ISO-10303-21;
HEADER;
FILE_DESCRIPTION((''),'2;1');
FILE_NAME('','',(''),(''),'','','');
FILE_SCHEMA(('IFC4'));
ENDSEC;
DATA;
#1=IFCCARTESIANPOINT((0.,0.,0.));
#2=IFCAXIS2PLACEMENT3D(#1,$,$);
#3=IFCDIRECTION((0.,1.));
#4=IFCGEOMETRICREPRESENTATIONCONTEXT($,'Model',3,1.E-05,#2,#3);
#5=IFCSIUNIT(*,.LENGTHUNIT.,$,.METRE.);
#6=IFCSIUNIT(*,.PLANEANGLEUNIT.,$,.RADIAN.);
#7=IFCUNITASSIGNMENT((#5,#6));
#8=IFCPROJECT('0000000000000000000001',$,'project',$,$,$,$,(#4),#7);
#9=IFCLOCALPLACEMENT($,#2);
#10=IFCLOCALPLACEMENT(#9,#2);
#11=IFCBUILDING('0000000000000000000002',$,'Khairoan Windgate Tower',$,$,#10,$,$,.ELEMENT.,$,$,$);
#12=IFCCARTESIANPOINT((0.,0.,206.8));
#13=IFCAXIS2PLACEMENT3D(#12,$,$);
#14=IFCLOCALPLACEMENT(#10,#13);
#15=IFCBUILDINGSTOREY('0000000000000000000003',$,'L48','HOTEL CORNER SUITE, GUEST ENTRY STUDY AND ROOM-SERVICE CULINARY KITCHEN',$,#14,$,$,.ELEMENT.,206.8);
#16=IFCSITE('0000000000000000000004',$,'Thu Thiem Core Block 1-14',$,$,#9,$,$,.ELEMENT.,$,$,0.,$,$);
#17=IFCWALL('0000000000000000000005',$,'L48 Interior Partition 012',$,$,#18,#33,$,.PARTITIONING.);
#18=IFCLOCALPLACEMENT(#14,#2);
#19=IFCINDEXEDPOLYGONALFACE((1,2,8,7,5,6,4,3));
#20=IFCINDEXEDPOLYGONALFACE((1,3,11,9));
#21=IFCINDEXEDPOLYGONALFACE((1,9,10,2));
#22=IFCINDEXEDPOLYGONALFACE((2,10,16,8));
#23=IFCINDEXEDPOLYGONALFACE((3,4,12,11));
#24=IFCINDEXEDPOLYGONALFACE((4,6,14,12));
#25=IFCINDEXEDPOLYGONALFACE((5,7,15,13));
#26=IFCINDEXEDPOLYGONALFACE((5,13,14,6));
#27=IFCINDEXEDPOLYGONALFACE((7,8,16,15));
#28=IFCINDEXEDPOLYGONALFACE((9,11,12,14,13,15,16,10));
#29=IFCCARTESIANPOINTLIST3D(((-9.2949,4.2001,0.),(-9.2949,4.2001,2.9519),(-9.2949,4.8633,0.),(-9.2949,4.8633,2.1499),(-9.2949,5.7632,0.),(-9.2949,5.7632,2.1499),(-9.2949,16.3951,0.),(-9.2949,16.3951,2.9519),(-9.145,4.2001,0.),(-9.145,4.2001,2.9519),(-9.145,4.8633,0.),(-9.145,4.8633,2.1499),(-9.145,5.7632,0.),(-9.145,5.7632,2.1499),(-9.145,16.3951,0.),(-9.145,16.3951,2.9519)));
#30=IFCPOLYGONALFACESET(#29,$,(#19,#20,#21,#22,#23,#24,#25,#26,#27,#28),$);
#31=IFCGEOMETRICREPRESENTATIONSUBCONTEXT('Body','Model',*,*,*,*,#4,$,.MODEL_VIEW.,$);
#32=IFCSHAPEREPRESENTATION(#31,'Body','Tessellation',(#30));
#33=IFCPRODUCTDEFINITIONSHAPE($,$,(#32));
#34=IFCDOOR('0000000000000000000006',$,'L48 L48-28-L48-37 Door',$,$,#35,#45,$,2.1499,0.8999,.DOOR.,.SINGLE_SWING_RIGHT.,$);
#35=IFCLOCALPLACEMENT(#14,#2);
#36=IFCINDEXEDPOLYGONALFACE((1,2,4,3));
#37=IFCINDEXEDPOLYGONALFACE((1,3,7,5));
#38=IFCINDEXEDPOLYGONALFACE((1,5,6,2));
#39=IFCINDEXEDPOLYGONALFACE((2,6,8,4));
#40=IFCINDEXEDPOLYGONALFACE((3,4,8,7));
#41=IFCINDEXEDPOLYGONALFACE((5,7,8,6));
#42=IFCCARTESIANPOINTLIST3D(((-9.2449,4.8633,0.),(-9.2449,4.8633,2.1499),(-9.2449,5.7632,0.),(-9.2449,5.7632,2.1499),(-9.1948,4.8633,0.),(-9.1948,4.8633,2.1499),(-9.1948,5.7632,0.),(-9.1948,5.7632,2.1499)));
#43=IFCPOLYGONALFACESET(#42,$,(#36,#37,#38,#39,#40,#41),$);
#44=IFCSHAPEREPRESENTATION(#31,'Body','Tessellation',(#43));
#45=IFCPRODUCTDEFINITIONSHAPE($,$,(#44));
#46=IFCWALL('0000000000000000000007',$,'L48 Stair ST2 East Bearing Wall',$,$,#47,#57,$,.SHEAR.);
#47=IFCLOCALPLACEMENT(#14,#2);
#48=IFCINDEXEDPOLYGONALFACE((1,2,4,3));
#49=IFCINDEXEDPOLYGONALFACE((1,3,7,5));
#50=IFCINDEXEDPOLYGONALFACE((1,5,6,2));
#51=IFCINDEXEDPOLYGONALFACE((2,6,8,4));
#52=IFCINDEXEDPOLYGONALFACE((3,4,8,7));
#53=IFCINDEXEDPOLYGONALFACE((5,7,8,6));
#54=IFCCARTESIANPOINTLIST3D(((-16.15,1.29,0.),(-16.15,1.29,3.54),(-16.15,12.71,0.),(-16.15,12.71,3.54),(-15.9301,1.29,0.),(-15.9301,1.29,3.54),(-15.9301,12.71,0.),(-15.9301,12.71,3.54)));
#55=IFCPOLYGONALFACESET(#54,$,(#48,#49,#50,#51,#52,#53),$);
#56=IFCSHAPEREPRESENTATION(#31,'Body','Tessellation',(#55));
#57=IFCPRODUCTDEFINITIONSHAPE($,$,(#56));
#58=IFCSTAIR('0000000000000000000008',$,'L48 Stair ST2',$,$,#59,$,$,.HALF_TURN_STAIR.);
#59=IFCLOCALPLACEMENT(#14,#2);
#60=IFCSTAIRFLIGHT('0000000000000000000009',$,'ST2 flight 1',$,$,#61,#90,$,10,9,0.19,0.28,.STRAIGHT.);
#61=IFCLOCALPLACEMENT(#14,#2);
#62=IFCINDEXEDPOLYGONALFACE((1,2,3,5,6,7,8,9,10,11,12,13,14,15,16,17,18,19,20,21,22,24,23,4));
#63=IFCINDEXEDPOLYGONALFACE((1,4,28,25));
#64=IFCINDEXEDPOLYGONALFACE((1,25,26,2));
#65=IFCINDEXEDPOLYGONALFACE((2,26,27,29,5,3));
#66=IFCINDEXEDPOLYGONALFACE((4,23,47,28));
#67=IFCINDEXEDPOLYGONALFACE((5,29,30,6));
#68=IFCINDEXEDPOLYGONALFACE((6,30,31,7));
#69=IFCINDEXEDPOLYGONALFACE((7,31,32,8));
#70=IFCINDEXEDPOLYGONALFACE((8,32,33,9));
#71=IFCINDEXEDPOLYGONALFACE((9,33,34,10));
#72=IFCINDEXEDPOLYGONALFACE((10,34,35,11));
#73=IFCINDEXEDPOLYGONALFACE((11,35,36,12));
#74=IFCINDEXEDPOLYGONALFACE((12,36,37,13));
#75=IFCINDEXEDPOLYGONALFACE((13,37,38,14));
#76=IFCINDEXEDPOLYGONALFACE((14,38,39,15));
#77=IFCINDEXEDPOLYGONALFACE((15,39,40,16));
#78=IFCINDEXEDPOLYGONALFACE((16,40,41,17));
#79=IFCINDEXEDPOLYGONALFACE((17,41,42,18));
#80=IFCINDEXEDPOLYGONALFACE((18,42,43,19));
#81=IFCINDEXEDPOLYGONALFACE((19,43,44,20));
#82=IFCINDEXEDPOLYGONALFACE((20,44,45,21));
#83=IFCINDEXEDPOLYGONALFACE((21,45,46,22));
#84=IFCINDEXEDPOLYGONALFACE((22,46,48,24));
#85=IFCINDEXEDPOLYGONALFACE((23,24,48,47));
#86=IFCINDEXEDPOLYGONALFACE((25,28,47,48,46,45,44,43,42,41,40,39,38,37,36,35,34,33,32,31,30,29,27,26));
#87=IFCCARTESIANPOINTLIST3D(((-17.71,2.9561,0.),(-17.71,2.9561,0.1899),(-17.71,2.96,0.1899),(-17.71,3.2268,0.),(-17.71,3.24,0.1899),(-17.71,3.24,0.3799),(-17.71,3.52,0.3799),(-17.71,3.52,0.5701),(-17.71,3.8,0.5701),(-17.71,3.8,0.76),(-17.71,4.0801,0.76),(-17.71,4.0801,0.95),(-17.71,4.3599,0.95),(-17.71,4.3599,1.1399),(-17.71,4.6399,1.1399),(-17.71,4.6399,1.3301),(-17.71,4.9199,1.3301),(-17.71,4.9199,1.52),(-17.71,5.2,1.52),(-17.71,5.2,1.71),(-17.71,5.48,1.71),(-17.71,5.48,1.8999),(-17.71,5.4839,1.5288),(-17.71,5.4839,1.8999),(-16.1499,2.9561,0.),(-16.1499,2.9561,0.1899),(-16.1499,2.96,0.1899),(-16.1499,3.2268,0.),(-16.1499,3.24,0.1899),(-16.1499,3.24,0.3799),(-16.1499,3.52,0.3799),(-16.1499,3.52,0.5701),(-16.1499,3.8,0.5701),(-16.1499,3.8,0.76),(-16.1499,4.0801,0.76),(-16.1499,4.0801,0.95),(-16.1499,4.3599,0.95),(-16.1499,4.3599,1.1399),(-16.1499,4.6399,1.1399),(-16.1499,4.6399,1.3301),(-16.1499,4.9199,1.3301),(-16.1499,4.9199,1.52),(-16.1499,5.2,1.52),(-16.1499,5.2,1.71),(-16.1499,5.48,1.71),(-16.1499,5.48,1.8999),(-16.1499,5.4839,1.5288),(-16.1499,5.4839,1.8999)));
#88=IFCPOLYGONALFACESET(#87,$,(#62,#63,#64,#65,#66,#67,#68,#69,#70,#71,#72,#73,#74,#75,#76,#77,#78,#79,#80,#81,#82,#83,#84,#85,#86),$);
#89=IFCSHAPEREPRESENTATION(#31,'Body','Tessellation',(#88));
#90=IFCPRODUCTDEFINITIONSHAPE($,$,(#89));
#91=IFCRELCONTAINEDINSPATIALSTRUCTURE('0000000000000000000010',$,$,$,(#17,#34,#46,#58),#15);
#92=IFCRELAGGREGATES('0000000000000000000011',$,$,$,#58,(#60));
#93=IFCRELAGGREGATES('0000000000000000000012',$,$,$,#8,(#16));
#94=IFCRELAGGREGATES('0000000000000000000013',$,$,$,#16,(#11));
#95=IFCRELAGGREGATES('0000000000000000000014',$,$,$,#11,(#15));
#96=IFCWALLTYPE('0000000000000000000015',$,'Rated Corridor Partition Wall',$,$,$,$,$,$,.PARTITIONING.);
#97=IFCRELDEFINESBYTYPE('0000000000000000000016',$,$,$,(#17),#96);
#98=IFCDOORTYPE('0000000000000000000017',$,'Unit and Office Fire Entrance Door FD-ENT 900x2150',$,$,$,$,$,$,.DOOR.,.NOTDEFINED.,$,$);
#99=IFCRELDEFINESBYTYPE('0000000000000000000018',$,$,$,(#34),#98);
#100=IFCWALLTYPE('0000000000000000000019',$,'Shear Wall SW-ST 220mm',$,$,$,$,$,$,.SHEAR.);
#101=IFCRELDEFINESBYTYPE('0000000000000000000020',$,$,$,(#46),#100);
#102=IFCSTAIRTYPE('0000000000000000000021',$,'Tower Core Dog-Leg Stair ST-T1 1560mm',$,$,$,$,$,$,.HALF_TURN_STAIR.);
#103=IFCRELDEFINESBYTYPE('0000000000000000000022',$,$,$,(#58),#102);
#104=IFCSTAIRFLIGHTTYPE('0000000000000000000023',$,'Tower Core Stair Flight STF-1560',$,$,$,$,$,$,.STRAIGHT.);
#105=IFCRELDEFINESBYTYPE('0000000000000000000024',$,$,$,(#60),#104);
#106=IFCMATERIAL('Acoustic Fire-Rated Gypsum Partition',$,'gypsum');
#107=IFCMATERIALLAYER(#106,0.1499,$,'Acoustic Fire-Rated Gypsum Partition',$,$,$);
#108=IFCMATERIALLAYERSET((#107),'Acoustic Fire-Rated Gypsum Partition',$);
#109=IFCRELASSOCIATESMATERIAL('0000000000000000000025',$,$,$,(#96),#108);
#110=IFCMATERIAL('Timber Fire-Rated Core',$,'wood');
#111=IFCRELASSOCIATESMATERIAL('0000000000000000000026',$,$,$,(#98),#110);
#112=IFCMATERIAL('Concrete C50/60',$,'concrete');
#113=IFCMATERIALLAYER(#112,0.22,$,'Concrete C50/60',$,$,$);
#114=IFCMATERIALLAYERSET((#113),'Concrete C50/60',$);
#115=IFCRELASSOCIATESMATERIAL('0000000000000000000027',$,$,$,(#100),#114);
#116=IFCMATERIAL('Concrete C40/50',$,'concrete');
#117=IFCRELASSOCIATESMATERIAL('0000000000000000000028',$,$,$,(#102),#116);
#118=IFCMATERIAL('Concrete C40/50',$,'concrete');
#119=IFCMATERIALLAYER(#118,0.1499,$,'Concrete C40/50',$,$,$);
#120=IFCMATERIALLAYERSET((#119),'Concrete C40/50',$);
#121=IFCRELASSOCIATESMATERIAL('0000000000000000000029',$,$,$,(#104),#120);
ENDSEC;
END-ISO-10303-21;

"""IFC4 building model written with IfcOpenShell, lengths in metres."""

from ifc_helpers import new_model, si_unit, direction, frame, frame_2d, origin, place, context, subcontext, project, spatial, polyline, rectangle, outline, extrude, material, layer, layer_set, type_object, element, fill, aggregate, save


model = new_model("IFC4")

# Units and contexts
model_context = context("Model", 3, precision=1e-05, world=origin(), true_north=direction((0.0, 1.0)))
body_context = subcontext(model_context, "Body", "Model", "MODEL_VIEW")
ifc_project = project(units=[si_unit("LENGTHUNIT", "METRE"), si_unit("PLANEANGLEUNIT", "RADIAN")], contexts=[model_context])

# Site, building, storey
site_placement = place(None, origin())
site = spatial("IfcSite", under=ifc_project, at=site_placement, Name="Thu Thiem Core Block 1-14", CompositionType="ELEMENT", RefElevation=0.0)
building_placement = place(site_placement, origin())
building = spatial("IfcBuilding", under=site, at=building_placement, Name="Khairoan Windgate Tower", CompositionType="ELEMENT")
storey_placement = place(building_placement, frame((0.0, 0.0, 206.8)))
storey = spatial("IfcBuildingStorey", under=building, at=storey_placement, Name="L48", Description="HOTEL CORNER SUITE, GUEST ENTRY STUDY AND ROOM-SERVICE CULINARY KITCHEN", CompositionType="ELEMENT", Elevation=206.8)

# Wall, opening, door
ifc_material_1 = material(Name="Acoustic Fire-Rated Gypsum Partition", Category="gypsum")
ifc_layer_1 = layer(ifc_material_1, 0.1499, Name="Acoustic Fire-Rated Gypsum Partition")
ifc_layer_set_1 = layer_set([ifc_layer_1], Name="Acoustic Fire-Rated Gypsum Partition")
wall_type_1 = type_object("IfcWallType", Name="Rated Corridor Partition Wall", PredefinedType="PARTITIONING", material=ifc_layer_set_1)
wall_1_placement = place(storey_placement, frame((-9.22, 4.2, 0.0), z_axis=(0.0, 0.0, 1.0), x_axis=(0.0, 1.0, 0.0)))
wall_1 = element("IfcWall", 1, at=wall_1_placement, inside=storey, type_object=wall_type_1, Name="L48 Interior Partition 012", PredefinedType="PARTITIONING", context=body_context, shape_type="SweptSolid", body=[
    extrude(rectangle(XDim=12.1951, YDim=0.1499, at=frame_2d((6.0977, 0.0))), origin(), (0.0, 0.0, 1.0), 2.9519),
])
opening_placement = place(wall_1_placement, frame((0.6633, 0.0, 0.0)))
opening = element("IfcOpeningElement", 2, at=opening_placement, cuts=wall_1, PredefinedType="OPENING", context=body_context, shape_type="SweptSolid", body=[
    extrude(rectangle(XDim=0.8999, YDim=2.1499, at=frame_2d((0.45, 1.075))), frame((0.0, 0.085, 0.0), z_axis=(0.0, -1.0, 0.0), x_axis=(1.0, 0.0, 0.0)), (0.0, 0.0, 1.0), 0.1699),
])
ifc_material_2 = material(Name="Timber Fire-Rated Core", Category="wood")
door_type = type_object("IfcDoorType", Name="Unit and Office Fire Entrance Door FD-ENT 900x2150", OperationType="NOTDEFINED", PredefinedType="DOOR", material=ifc_material_2)
door_placement = place(opening_placement, origin())
door = element("IfcDoor", 3, at=door_placement, inside=storey, type_object=door_type, Name="L48 L48-28-L48-37 Door", OperationType="SINGLE_SWING_RIGHT", OverallHeight=2.1499, OverallWidth=0.8999, PredefinedType="DOOR", context=body_context, shape_type="SweptSolid", body=[
    extrude(rectangle(XDim=0.8999, YDim=2.1499, at=frame_2d((0.45, 1.075))), frame((0.0, 0.0249, 0.0), z_axis=(0.0, -1.0, 0.0), x_axis=(1.0, 0.0, 0.0)), (0.0, 0.0, 1.0), 0.05),
])
fill(opening, door)

# Wall
ifc_material_3 = material(Name="Concrete C50/60", Category="concrete")
ifc_layer_2 = layer(ifc_material_3, 0.22, Name="Concrete C50/60")
ifc_layer_set_2 = layer_set([ifc_layer_2], Name="Concrete C50/60")
wall_type_2 = type_object("IfcWallType", Name="Shear Wall SW-ST 220mm", PredefinedType="SHEAR", material=ifc_layer_set_2)
wall_2_placement = place(storey_placement, frame((-16.04, 1.29, 0.0), z_axis=(0.0, 0.0, 1.0), x_axis=(0.0, 1.0, 0.0)))
element("IfcWall", 4, at=wall_2_placement, inside=storey, type_object=wall_type_2, Name="L48 Stair ST2 East Bearing Wall", PredefinedType="SHEAR", context=body_context, shape_type="SweptSolid", body=[
    extrude(rectangle(XDim=11.4199, YDim=0.22, at=frame_2d((5.71, 0.0))), origin(), (0.0, 0.0, 1.0), 3.54),
])

# Stair, stair flight
ifc_material_4 = material(Name="Concrete C40/50", Category="concrete")
stair_type = type_object("IfcStairType", Name="Tower Core Dog-Leg Stair ST-T1 1560mm", PredefinedType="HALF_TURN_STAIR", material=ifc_material_4)
stair_placement = place(storey_placement, origin())
stair = element("IfcStair", 5, at=stair_placement, inside=storey, type_object=stair_type, Name="L48 Stair ST2", PredefinedType="HALF_TURN_STAIR")
ifc_material_5 = material(Name="Concrete C40/50", Category="concrete")
ifc_layer_3 = layer(ifc_material_5, 0.1499, Name="Concrete C40/50")
ifc_layer_set_3 = layer_set([ifc_layer_3], Name="Concrete C40/50")
stair_flight_type = type_object("IfcStairFlightType", Name="Tower Core Stair Flight STF-1560", PredefinedType="STRAIGHT", material=ifc_layer_set_3)
stair_flight_placement = place(storey_placement, frame((-16.9299, 2.96, 0.0), z_axis=(0.0, 0.0, 1.0), x_axis=(0.0, 1.0, 0.0)))
stair_flight = element("IfcStairFlight", 6, at=stair_flight_placement, type_object=stair_flight_type, Name="ST2 flight 1", NumberOfRisers=10, NumberOfTreads=9, PredefinedType="STRAIGHT", RiserHeight=0.19, TreadLength=0.28, context=body_context, shape_type="SweptSolid", body=[
    extrude(outline(polyline([(-0.0039, 0.0), (-0.0039, 0.1899), (0.0, 0.1899), (0.28, 0.1899), (0.28, 0.3799), (0.5601, 0.3799), (0.5601, 0.5701), (0.8401, 0.5701), (0.8401, 0.76), (1.1201, 0.76), (1.1201, 0.95), (1.3999, 0.95), (1.3999, 1.1399), (1.6799, 1.1399), (1.6799, 1.3301), (1.96, 1.3301), (1.96, 1.52), (2.24, 1.52), (2.24, 1.71), (2.52, 1.71), (2.52, 1.8999), (2.5239, 1.8999), (2.5239, 1.5288), (0.2668, 0.0), (-0.0039, 0.0)])), frame((0.0, 0.78, 0.0), z_axis=(0.0, -1.0, 0.0), x_axis=(1.0, 0.0, 0.0)), (0.0, 0.0, 1.0), 1.5601),
])
aggregate(stair, [stair_flight])

save(model, "model.ifc")
